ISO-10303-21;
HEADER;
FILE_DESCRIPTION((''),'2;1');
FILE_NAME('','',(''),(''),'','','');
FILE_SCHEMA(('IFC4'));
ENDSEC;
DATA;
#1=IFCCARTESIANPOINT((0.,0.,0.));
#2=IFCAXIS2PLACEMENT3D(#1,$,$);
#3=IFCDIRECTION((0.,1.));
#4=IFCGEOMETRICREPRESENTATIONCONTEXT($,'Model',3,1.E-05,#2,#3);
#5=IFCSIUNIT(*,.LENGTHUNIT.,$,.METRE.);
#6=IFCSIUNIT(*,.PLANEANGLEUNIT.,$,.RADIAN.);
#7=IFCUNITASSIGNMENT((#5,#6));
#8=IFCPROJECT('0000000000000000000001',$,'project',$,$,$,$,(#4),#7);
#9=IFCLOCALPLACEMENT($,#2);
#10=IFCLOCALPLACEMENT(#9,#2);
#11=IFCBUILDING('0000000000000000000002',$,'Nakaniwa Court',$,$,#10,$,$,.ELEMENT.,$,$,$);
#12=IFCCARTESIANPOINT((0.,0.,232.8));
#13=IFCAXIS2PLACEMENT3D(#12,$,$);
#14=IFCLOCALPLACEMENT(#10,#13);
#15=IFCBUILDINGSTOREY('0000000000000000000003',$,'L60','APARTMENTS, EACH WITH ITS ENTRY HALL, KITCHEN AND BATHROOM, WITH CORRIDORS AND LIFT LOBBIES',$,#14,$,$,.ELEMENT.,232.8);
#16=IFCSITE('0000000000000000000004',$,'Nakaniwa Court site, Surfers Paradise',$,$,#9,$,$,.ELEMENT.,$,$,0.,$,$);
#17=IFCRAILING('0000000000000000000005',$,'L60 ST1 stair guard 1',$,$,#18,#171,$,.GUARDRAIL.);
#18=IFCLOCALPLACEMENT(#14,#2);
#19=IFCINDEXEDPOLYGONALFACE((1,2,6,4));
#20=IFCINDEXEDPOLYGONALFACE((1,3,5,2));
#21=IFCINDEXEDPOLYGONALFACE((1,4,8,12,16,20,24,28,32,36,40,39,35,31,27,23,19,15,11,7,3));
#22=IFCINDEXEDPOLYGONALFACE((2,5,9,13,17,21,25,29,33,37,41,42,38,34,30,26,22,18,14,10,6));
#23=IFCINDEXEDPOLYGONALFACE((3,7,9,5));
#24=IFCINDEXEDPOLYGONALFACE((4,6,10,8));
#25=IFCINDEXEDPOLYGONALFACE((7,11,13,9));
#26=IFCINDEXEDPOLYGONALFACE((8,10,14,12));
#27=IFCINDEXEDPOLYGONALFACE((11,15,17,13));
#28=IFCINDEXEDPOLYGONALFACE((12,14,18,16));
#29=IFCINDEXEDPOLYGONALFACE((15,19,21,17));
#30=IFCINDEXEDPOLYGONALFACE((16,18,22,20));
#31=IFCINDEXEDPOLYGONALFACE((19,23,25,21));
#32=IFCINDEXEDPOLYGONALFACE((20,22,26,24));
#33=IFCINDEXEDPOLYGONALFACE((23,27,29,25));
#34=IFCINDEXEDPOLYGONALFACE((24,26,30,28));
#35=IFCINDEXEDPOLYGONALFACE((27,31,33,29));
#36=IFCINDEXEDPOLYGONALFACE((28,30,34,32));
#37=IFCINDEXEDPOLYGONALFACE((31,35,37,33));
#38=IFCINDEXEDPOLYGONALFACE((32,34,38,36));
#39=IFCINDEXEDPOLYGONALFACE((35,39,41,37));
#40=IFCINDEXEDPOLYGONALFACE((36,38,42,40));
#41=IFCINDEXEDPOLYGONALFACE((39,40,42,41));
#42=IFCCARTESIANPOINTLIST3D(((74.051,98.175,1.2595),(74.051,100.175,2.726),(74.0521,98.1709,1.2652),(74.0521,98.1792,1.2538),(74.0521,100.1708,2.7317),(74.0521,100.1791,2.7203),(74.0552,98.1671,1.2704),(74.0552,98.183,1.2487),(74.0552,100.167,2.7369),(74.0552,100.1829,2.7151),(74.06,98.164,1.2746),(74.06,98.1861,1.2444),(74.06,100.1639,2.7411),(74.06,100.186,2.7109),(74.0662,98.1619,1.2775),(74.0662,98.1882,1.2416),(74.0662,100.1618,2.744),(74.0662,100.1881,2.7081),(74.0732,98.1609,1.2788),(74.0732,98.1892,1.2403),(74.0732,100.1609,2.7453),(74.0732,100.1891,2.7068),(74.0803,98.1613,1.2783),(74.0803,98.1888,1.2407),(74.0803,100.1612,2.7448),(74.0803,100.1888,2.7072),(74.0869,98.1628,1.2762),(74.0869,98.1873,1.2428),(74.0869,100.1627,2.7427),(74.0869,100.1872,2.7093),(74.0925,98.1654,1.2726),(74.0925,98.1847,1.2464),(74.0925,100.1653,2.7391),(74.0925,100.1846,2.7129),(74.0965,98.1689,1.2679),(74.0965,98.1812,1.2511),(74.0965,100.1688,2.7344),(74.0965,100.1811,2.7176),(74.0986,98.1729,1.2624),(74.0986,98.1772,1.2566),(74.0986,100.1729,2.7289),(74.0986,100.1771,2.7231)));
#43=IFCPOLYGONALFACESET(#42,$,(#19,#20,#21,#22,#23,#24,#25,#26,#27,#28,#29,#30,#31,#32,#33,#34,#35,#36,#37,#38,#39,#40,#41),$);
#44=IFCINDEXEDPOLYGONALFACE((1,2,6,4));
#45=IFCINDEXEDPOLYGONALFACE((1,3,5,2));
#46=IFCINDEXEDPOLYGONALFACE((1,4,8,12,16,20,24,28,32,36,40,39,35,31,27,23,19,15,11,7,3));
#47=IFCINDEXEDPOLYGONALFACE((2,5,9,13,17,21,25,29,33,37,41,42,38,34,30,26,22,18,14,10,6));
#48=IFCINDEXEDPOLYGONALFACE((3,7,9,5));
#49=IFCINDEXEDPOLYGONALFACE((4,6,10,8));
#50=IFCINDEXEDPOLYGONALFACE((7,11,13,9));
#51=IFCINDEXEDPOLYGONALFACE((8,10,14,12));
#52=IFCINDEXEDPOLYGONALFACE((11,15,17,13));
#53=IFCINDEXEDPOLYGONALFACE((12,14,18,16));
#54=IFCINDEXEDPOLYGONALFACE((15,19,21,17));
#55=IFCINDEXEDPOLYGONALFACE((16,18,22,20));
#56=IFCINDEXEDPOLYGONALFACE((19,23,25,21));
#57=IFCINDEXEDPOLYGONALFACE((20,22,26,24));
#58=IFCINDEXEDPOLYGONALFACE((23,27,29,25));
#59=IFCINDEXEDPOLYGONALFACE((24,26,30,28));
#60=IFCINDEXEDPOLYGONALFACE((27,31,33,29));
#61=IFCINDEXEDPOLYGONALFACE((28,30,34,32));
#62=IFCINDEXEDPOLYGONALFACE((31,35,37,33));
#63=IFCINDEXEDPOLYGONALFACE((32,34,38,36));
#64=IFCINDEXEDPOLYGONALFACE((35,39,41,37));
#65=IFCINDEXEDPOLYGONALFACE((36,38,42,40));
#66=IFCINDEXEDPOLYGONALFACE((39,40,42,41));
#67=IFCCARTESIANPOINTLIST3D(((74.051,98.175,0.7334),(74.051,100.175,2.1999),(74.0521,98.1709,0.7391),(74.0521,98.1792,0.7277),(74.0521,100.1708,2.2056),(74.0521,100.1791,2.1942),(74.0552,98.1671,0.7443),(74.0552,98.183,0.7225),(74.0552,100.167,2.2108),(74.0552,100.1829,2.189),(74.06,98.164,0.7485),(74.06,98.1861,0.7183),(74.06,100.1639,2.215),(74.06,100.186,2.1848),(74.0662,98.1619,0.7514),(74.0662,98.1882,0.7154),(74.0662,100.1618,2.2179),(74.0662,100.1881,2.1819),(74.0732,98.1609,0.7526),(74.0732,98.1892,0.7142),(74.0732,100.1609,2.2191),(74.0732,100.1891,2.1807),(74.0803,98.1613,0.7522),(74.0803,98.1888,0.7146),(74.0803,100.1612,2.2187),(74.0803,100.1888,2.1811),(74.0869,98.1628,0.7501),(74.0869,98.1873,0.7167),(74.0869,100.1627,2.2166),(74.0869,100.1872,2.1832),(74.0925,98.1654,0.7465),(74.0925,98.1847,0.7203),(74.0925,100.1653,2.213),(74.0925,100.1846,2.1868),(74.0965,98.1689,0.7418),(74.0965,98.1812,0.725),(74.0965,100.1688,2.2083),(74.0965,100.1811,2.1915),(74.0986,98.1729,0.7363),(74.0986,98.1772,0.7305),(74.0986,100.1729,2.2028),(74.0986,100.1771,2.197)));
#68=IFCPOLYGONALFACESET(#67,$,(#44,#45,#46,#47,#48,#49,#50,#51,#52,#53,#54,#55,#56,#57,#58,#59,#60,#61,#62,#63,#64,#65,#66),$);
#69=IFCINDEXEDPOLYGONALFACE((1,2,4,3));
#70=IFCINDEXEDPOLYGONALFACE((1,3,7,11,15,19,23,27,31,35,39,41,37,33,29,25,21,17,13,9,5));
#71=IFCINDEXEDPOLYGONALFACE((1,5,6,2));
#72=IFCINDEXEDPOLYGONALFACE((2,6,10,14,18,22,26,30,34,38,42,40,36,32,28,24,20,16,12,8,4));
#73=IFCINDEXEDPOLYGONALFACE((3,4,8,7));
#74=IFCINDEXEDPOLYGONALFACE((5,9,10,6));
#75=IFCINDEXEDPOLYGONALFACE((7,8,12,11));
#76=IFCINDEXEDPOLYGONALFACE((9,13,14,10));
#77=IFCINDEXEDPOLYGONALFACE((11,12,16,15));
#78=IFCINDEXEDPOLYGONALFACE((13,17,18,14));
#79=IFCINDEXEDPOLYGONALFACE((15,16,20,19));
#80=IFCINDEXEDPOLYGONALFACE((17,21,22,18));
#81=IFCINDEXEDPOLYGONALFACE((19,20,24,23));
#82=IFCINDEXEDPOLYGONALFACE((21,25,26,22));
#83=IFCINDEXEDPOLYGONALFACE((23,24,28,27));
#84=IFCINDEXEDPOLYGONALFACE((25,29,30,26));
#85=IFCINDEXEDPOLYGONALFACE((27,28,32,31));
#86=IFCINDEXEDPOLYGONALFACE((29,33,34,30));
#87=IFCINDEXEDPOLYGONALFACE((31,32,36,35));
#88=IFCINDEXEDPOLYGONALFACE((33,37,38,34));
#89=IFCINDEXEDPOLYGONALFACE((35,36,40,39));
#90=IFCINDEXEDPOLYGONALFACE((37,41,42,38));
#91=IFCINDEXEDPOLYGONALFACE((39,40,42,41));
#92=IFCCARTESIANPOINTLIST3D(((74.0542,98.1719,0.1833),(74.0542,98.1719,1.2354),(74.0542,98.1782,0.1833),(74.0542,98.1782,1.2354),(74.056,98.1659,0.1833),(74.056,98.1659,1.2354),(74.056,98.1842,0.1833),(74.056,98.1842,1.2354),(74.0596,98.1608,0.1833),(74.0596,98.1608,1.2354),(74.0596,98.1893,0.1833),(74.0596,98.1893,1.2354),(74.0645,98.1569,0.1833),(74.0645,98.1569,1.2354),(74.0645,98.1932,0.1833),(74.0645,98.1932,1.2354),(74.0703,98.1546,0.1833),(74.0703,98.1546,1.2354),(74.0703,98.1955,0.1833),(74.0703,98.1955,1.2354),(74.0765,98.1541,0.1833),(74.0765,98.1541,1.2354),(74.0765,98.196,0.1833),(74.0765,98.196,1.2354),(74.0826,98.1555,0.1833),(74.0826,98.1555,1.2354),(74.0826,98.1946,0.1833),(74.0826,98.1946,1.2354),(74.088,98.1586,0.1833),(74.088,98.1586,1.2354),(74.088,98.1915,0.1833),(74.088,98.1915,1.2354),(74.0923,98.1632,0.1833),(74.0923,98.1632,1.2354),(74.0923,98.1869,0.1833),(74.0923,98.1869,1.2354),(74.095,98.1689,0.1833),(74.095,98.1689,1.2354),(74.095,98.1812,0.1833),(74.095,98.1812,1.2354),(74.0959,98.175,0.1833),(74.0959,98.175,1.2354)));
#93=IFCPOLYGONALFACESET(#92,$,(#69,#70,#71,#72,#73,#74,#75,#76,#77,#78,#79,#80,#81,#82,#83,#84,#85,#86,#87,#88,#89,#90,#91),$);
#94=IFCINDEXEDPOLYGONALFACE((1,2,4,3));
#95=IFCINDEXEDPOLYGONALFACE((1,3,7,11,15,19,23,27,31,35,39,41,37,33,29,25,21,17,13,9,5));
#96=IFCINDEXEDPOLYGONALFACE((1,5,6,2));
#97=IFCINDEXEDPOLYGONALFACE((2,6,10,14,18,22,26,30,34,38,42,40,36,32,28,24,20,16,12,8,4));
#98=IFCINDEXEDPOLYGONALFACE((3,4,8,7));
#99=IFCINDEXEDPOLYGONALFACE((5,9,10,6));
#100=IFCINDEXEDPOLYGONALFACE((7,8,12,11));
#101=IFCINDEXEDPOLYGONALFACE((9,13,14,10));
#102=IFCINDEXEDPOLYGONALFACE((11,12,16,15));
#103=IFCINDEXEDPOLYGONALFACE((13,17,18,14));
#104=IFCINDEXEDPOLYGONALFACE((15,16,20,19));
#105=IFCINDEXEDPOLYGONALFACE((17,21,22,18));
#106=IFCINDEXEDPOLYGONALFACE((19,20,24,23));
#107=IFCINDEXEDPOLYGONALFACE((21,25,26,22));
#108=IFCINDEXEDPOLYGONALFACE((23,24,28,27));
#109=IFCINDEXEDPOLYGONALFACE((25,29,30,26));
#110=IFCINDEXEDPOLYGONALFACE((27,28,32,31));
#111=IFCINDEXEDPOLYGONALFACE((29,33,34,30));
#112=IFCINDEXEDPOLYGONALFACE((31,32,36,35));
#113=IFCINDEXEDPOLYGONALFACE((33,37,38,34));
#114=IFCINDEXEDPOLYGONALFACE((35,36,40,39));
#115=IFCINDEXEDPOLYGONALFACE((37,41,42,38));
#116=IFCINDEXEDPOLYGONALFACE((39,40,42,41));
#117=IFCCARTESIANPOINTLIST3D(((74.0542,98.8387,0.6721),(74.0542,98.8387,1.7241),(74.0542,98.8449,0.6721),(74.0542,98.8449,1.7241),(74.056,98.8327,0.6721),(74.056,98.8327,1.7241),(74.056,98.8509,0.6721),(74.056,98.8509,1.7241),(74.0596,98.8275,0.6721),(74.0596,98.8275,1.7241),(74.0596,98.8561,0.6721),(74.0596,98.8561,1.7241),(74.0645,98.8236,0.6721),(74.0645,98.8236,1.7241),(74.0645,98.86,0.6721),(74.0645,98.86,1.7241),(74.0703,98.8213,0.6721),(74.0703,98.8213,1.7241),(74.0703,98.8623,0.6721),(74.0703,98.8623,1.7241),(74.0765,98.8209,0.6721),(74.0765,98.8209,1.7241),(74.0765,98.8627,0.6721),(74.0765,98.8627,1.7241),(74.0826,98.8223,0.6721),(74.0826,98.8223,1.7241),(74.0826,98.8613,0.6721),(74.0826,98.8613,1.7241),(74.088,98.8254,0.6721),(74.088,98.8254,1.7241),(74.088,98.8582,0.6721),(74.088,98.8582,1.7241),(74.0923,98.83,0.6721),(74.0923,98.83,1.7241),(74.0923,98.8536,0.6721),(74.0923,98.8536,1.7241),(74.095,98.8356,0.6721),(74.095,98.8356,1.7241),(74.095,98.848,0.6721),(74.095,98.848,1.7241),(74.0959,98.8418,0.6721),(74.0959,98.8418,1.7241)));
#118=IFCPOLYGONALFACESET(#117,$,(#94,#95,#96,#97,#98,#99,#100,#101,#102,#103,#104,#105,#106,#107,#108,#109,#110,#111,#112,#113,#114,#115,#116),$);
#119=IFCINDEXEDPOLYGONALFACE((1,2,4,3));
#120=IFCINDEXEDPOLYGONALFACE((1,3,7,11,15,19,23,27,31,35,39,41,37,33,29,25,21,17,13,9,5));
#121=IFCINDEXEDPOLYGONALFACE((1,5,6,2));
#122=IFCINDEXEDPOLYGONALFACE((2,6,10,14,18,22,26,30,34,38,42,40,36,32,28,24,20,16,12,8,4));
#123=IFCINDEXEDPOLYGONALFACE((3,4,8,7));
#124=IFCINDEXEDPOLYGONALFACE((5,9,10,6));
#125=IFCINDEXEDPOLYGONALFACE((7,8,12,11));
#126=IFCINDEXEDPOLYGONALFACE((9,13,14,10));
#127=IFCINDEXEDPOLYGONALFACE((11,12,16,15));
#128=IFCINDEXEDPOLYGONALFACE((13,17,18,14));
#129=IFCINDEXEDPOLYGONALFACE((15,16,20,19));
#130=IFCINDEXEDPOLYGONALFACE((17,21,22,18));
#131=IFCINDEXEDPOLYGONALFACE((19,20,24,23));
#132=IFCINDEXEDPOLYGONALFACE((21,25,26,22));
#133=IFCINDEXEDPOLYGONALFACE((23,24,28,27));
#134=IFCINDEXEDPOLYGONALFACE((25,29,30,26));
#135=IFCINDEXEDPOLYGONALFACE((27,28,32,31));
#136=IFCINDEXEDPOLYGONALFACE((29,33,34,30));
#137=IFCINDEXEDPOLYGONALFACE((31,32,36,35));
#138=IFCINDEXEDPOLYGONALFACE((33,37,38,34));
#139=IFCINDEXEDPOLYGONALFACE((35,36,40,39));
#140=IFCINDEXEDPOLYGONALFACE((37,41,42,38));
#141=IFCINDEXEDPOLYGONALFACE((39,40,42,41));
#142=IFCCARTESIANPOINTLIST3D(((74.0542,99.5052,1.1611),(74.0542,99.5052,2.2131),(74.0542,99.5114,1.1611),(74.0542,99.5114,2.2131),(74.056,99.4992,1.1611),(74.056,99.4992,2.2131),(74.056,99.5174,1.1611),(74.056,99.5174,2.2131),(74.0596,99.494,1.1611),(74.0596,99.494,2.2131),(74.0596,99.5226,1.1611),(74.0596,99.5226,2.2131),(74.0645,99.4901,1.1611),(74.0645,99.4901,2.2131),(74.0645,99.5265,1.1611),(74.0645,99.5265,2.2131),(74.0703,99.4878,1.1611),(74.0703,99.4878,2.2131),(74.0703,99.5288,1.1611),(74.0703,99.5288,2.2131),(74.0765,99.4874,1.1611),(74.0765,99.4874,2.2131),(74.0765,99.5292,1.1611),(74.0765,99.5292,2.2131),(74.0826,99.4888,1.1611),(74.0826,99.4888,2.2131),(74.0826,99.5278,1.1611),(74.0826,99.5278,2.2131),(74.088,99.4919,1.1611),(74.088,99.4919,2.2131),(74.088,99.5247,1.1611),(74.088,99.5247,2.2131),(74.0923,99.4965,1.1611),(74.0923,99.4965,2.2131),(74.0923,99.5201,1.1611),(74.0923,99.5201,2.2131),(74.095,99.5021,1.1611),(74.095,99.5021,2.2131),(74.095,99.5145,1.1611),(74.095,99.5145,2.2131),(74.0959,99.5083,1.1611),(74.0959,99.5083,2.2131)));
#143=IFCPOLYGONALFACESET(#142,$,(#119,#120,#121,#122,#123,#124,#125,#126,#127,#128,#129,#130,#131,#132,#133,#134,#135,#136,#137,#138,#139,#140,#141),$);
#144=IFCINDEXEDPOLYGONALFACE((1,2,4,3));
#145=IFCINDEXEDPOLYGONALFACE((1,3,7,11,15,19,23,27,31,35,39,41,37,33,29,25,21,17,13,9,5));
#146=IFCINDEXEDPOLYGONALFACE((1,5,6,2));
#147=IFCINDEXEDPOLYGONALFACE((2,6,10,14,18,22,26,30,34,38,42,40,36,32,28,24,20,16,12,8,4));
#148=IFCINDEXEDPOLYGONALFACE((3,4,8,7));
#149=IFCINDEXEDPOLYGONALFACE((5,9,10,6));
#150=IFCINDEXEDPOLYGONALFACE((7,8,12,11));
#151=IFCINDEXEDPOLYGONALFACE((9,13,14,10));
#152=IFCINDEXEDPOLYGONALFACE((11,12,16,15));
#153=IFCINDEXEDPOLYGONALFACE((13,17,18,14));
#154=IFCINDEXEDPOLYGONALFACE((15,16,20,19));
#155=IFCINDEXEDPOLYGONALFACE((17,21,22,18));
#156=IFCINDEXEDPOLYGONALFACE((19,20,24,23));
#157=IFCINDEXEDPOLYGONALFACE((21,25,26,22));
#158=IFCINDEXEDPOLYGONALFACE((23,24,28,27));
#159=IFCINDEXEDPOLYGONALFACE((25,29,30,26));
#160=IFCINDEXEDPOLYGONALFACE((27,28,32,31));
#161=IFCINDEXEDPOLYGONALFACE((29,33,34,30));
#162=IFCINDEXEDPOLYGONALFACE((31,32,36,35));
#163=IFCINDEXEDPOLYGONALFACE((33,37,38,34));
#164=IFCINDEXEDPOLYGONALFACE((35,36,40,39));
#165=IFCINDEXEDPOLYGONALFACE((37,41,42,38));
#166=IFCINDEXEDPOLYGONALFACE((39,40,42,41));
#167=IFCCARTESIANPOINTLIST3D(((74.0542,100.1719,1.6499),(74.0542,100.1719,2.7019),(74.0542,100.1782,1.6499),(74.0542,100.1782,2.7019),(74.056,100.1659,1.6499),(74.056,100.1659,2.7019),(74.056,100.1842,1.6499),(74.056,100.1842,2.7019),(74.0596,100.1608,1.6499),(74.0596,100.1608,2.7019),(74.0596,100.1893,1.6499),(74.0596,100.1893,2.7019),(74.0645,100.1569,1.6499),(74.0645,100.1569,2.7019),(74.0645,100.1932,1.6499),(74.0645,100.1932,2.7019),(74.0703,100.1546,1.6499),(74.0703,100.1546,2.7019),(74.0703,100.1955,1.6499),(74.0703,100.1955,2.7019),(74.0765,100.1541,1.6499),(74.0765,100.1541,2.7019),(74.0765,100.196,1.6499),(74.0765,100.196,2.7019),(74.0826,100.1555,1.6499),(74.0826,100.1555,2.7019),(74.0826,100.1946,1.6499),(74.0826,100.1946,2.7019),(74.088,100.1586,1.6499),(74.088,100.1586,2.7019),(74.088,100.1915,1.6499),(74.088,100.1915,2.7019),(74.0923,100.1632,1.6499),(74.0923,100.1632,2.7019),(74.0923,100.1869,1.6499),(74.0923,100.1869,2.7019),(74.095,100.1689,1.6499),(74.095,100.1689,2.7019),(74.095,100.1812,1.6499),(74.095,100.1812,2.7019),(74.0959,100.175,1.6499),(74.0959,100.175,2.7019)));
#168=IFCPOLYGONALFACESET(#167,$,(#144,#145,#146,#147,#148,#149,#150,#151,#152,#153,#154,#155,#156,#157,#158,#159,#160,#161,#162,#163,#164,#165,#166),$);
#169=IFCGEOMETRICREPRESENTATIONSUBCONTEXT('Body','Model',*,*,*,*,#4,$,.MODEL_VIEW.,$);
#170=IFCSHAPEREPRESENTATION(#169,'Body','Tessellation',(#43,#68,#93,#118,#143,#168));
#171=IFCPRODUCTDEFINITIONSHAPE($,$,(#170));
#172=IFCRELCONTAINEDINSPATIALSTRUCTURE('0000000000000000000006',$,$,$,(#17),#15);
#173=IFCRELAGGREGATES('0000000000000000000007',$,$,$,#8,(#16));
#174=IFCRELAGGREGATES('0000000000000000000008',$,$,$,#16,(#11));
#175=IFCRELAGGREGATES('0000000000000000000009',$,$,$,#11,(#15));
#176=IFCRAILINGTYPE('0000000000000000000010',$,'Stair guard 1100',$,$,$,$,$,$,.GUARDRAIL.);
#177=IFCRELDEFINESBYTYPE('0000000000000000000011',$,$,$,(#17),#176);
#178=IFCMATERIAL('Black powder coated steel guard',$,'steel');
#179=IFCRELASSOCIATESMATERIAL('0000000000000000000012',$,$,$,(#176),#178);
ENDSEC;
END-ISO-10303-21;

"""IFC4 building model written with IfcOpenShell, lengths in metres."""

from ifc_helpers import new_model, si_unit, direction, frame, origin, origin_2d, place, context, subcontext, project, spatial, circle, extrude, material, type_object, element, save


model = new_model("IFC4")

# Units and contexts
model_context = context("Model", 3, precision=1e-05, world=origin(), true_north=direction((0.0, 1.0)))
body_context = subcontext(model_context, "Body", "Model", "MODEL_VIEW")
ifc_project = project(units=[si_unit("LENGTHUNIT", "METRE"), si_unit("PLANEANGLEUNIT", "RADIAN")], contexts=[model_context])

# Site, building, storey
site_placement = place(None, origin())
site = spatial("IfcSite", under=ifc_project, at=site_placement, Name="Nakaniwa Court site, Surfers Paradise", CompositionType="ELEMENT", RefElevation=0.0)
building_placement = place(site_placement, origin())
building = spatial("IfcBuilding", under=site, at=building_placement, Name="Nakaniwa Court", CompositionType="ELEMENT")
storey_placement = place(building_placement, frame((0.0, 0.0, 232.8)))
storey = spatial("IfcBuildingStorey", under=building, at=storey_placement, Name="L60", Description="APARTMENTS, EACH WITH ITS ENTRY HALL, KITCHEN AND BATHROOM, WITH CORRIDORS AND LIFT LOBBIES", CompositionType="ELEMENT", Elevation=232.8)

# Railing
ifc_material_1 = material(Name="Black powder coated steel guard", Category="steel")
railing_type_1 = type_object("IfcRailingType", Name="Stair guard 1100", PredefinedType="GUARDRAIL", material=ifc_material_1)
railing_1_placement = place(storey_placement, frame((74.075, 98.175, 0.1833)))
element("IfcRailing", 1, at=railing_1_placement, inside=storey, type_object=railing_type_1, Name="L60 ST1 stair guard 1", PredefinedType="GUARDRAIL", context=body_context, shape_type="SweptSolid", body=[
    extrude(circle(Radius=0.0239, at=origin_2d()), frame((0.0, 0.0, 1.0762), z_axis=(0.0, 0.806427, 0.591334), x_axis=(-1.0, 0.0, 0.0)), (0.0, 0.0, 1.0), 2.48),
    extrude(circle(Radius=0.0239, at=origin_2d()), frame((0.0, 0.0, 0.55), z_axis=(0.0, 0.806427, 0.591334), x_axis=(-1.0, 0.0, 0.0)), (0.0, 0.0, 1.0), 2.48),
    extrude(circle(Radius=0.021, at=origin_2d()), origin(), (0.0, 0.0, 1.0), 1.052),
    extrude(circle(Radius=0.021, at=origin_2d()), frame((0.0, 0.6667, 0.4888)), (0.0, 0.0, 1.0), 1.052),
    extrude(circle(Radius=0.021, at=origin_2d()), frame((0.0, 1.3333, 0.9778)), (0.0, 0.0, 1.0), 1.052),
    extrude(circle(Radius=0.021, at=origin_2d()), frame((0.0, 2.0, 1.4666)), (0.0, 0.0, 1.0), 1.052),
])

save(model, "model.ifc")
